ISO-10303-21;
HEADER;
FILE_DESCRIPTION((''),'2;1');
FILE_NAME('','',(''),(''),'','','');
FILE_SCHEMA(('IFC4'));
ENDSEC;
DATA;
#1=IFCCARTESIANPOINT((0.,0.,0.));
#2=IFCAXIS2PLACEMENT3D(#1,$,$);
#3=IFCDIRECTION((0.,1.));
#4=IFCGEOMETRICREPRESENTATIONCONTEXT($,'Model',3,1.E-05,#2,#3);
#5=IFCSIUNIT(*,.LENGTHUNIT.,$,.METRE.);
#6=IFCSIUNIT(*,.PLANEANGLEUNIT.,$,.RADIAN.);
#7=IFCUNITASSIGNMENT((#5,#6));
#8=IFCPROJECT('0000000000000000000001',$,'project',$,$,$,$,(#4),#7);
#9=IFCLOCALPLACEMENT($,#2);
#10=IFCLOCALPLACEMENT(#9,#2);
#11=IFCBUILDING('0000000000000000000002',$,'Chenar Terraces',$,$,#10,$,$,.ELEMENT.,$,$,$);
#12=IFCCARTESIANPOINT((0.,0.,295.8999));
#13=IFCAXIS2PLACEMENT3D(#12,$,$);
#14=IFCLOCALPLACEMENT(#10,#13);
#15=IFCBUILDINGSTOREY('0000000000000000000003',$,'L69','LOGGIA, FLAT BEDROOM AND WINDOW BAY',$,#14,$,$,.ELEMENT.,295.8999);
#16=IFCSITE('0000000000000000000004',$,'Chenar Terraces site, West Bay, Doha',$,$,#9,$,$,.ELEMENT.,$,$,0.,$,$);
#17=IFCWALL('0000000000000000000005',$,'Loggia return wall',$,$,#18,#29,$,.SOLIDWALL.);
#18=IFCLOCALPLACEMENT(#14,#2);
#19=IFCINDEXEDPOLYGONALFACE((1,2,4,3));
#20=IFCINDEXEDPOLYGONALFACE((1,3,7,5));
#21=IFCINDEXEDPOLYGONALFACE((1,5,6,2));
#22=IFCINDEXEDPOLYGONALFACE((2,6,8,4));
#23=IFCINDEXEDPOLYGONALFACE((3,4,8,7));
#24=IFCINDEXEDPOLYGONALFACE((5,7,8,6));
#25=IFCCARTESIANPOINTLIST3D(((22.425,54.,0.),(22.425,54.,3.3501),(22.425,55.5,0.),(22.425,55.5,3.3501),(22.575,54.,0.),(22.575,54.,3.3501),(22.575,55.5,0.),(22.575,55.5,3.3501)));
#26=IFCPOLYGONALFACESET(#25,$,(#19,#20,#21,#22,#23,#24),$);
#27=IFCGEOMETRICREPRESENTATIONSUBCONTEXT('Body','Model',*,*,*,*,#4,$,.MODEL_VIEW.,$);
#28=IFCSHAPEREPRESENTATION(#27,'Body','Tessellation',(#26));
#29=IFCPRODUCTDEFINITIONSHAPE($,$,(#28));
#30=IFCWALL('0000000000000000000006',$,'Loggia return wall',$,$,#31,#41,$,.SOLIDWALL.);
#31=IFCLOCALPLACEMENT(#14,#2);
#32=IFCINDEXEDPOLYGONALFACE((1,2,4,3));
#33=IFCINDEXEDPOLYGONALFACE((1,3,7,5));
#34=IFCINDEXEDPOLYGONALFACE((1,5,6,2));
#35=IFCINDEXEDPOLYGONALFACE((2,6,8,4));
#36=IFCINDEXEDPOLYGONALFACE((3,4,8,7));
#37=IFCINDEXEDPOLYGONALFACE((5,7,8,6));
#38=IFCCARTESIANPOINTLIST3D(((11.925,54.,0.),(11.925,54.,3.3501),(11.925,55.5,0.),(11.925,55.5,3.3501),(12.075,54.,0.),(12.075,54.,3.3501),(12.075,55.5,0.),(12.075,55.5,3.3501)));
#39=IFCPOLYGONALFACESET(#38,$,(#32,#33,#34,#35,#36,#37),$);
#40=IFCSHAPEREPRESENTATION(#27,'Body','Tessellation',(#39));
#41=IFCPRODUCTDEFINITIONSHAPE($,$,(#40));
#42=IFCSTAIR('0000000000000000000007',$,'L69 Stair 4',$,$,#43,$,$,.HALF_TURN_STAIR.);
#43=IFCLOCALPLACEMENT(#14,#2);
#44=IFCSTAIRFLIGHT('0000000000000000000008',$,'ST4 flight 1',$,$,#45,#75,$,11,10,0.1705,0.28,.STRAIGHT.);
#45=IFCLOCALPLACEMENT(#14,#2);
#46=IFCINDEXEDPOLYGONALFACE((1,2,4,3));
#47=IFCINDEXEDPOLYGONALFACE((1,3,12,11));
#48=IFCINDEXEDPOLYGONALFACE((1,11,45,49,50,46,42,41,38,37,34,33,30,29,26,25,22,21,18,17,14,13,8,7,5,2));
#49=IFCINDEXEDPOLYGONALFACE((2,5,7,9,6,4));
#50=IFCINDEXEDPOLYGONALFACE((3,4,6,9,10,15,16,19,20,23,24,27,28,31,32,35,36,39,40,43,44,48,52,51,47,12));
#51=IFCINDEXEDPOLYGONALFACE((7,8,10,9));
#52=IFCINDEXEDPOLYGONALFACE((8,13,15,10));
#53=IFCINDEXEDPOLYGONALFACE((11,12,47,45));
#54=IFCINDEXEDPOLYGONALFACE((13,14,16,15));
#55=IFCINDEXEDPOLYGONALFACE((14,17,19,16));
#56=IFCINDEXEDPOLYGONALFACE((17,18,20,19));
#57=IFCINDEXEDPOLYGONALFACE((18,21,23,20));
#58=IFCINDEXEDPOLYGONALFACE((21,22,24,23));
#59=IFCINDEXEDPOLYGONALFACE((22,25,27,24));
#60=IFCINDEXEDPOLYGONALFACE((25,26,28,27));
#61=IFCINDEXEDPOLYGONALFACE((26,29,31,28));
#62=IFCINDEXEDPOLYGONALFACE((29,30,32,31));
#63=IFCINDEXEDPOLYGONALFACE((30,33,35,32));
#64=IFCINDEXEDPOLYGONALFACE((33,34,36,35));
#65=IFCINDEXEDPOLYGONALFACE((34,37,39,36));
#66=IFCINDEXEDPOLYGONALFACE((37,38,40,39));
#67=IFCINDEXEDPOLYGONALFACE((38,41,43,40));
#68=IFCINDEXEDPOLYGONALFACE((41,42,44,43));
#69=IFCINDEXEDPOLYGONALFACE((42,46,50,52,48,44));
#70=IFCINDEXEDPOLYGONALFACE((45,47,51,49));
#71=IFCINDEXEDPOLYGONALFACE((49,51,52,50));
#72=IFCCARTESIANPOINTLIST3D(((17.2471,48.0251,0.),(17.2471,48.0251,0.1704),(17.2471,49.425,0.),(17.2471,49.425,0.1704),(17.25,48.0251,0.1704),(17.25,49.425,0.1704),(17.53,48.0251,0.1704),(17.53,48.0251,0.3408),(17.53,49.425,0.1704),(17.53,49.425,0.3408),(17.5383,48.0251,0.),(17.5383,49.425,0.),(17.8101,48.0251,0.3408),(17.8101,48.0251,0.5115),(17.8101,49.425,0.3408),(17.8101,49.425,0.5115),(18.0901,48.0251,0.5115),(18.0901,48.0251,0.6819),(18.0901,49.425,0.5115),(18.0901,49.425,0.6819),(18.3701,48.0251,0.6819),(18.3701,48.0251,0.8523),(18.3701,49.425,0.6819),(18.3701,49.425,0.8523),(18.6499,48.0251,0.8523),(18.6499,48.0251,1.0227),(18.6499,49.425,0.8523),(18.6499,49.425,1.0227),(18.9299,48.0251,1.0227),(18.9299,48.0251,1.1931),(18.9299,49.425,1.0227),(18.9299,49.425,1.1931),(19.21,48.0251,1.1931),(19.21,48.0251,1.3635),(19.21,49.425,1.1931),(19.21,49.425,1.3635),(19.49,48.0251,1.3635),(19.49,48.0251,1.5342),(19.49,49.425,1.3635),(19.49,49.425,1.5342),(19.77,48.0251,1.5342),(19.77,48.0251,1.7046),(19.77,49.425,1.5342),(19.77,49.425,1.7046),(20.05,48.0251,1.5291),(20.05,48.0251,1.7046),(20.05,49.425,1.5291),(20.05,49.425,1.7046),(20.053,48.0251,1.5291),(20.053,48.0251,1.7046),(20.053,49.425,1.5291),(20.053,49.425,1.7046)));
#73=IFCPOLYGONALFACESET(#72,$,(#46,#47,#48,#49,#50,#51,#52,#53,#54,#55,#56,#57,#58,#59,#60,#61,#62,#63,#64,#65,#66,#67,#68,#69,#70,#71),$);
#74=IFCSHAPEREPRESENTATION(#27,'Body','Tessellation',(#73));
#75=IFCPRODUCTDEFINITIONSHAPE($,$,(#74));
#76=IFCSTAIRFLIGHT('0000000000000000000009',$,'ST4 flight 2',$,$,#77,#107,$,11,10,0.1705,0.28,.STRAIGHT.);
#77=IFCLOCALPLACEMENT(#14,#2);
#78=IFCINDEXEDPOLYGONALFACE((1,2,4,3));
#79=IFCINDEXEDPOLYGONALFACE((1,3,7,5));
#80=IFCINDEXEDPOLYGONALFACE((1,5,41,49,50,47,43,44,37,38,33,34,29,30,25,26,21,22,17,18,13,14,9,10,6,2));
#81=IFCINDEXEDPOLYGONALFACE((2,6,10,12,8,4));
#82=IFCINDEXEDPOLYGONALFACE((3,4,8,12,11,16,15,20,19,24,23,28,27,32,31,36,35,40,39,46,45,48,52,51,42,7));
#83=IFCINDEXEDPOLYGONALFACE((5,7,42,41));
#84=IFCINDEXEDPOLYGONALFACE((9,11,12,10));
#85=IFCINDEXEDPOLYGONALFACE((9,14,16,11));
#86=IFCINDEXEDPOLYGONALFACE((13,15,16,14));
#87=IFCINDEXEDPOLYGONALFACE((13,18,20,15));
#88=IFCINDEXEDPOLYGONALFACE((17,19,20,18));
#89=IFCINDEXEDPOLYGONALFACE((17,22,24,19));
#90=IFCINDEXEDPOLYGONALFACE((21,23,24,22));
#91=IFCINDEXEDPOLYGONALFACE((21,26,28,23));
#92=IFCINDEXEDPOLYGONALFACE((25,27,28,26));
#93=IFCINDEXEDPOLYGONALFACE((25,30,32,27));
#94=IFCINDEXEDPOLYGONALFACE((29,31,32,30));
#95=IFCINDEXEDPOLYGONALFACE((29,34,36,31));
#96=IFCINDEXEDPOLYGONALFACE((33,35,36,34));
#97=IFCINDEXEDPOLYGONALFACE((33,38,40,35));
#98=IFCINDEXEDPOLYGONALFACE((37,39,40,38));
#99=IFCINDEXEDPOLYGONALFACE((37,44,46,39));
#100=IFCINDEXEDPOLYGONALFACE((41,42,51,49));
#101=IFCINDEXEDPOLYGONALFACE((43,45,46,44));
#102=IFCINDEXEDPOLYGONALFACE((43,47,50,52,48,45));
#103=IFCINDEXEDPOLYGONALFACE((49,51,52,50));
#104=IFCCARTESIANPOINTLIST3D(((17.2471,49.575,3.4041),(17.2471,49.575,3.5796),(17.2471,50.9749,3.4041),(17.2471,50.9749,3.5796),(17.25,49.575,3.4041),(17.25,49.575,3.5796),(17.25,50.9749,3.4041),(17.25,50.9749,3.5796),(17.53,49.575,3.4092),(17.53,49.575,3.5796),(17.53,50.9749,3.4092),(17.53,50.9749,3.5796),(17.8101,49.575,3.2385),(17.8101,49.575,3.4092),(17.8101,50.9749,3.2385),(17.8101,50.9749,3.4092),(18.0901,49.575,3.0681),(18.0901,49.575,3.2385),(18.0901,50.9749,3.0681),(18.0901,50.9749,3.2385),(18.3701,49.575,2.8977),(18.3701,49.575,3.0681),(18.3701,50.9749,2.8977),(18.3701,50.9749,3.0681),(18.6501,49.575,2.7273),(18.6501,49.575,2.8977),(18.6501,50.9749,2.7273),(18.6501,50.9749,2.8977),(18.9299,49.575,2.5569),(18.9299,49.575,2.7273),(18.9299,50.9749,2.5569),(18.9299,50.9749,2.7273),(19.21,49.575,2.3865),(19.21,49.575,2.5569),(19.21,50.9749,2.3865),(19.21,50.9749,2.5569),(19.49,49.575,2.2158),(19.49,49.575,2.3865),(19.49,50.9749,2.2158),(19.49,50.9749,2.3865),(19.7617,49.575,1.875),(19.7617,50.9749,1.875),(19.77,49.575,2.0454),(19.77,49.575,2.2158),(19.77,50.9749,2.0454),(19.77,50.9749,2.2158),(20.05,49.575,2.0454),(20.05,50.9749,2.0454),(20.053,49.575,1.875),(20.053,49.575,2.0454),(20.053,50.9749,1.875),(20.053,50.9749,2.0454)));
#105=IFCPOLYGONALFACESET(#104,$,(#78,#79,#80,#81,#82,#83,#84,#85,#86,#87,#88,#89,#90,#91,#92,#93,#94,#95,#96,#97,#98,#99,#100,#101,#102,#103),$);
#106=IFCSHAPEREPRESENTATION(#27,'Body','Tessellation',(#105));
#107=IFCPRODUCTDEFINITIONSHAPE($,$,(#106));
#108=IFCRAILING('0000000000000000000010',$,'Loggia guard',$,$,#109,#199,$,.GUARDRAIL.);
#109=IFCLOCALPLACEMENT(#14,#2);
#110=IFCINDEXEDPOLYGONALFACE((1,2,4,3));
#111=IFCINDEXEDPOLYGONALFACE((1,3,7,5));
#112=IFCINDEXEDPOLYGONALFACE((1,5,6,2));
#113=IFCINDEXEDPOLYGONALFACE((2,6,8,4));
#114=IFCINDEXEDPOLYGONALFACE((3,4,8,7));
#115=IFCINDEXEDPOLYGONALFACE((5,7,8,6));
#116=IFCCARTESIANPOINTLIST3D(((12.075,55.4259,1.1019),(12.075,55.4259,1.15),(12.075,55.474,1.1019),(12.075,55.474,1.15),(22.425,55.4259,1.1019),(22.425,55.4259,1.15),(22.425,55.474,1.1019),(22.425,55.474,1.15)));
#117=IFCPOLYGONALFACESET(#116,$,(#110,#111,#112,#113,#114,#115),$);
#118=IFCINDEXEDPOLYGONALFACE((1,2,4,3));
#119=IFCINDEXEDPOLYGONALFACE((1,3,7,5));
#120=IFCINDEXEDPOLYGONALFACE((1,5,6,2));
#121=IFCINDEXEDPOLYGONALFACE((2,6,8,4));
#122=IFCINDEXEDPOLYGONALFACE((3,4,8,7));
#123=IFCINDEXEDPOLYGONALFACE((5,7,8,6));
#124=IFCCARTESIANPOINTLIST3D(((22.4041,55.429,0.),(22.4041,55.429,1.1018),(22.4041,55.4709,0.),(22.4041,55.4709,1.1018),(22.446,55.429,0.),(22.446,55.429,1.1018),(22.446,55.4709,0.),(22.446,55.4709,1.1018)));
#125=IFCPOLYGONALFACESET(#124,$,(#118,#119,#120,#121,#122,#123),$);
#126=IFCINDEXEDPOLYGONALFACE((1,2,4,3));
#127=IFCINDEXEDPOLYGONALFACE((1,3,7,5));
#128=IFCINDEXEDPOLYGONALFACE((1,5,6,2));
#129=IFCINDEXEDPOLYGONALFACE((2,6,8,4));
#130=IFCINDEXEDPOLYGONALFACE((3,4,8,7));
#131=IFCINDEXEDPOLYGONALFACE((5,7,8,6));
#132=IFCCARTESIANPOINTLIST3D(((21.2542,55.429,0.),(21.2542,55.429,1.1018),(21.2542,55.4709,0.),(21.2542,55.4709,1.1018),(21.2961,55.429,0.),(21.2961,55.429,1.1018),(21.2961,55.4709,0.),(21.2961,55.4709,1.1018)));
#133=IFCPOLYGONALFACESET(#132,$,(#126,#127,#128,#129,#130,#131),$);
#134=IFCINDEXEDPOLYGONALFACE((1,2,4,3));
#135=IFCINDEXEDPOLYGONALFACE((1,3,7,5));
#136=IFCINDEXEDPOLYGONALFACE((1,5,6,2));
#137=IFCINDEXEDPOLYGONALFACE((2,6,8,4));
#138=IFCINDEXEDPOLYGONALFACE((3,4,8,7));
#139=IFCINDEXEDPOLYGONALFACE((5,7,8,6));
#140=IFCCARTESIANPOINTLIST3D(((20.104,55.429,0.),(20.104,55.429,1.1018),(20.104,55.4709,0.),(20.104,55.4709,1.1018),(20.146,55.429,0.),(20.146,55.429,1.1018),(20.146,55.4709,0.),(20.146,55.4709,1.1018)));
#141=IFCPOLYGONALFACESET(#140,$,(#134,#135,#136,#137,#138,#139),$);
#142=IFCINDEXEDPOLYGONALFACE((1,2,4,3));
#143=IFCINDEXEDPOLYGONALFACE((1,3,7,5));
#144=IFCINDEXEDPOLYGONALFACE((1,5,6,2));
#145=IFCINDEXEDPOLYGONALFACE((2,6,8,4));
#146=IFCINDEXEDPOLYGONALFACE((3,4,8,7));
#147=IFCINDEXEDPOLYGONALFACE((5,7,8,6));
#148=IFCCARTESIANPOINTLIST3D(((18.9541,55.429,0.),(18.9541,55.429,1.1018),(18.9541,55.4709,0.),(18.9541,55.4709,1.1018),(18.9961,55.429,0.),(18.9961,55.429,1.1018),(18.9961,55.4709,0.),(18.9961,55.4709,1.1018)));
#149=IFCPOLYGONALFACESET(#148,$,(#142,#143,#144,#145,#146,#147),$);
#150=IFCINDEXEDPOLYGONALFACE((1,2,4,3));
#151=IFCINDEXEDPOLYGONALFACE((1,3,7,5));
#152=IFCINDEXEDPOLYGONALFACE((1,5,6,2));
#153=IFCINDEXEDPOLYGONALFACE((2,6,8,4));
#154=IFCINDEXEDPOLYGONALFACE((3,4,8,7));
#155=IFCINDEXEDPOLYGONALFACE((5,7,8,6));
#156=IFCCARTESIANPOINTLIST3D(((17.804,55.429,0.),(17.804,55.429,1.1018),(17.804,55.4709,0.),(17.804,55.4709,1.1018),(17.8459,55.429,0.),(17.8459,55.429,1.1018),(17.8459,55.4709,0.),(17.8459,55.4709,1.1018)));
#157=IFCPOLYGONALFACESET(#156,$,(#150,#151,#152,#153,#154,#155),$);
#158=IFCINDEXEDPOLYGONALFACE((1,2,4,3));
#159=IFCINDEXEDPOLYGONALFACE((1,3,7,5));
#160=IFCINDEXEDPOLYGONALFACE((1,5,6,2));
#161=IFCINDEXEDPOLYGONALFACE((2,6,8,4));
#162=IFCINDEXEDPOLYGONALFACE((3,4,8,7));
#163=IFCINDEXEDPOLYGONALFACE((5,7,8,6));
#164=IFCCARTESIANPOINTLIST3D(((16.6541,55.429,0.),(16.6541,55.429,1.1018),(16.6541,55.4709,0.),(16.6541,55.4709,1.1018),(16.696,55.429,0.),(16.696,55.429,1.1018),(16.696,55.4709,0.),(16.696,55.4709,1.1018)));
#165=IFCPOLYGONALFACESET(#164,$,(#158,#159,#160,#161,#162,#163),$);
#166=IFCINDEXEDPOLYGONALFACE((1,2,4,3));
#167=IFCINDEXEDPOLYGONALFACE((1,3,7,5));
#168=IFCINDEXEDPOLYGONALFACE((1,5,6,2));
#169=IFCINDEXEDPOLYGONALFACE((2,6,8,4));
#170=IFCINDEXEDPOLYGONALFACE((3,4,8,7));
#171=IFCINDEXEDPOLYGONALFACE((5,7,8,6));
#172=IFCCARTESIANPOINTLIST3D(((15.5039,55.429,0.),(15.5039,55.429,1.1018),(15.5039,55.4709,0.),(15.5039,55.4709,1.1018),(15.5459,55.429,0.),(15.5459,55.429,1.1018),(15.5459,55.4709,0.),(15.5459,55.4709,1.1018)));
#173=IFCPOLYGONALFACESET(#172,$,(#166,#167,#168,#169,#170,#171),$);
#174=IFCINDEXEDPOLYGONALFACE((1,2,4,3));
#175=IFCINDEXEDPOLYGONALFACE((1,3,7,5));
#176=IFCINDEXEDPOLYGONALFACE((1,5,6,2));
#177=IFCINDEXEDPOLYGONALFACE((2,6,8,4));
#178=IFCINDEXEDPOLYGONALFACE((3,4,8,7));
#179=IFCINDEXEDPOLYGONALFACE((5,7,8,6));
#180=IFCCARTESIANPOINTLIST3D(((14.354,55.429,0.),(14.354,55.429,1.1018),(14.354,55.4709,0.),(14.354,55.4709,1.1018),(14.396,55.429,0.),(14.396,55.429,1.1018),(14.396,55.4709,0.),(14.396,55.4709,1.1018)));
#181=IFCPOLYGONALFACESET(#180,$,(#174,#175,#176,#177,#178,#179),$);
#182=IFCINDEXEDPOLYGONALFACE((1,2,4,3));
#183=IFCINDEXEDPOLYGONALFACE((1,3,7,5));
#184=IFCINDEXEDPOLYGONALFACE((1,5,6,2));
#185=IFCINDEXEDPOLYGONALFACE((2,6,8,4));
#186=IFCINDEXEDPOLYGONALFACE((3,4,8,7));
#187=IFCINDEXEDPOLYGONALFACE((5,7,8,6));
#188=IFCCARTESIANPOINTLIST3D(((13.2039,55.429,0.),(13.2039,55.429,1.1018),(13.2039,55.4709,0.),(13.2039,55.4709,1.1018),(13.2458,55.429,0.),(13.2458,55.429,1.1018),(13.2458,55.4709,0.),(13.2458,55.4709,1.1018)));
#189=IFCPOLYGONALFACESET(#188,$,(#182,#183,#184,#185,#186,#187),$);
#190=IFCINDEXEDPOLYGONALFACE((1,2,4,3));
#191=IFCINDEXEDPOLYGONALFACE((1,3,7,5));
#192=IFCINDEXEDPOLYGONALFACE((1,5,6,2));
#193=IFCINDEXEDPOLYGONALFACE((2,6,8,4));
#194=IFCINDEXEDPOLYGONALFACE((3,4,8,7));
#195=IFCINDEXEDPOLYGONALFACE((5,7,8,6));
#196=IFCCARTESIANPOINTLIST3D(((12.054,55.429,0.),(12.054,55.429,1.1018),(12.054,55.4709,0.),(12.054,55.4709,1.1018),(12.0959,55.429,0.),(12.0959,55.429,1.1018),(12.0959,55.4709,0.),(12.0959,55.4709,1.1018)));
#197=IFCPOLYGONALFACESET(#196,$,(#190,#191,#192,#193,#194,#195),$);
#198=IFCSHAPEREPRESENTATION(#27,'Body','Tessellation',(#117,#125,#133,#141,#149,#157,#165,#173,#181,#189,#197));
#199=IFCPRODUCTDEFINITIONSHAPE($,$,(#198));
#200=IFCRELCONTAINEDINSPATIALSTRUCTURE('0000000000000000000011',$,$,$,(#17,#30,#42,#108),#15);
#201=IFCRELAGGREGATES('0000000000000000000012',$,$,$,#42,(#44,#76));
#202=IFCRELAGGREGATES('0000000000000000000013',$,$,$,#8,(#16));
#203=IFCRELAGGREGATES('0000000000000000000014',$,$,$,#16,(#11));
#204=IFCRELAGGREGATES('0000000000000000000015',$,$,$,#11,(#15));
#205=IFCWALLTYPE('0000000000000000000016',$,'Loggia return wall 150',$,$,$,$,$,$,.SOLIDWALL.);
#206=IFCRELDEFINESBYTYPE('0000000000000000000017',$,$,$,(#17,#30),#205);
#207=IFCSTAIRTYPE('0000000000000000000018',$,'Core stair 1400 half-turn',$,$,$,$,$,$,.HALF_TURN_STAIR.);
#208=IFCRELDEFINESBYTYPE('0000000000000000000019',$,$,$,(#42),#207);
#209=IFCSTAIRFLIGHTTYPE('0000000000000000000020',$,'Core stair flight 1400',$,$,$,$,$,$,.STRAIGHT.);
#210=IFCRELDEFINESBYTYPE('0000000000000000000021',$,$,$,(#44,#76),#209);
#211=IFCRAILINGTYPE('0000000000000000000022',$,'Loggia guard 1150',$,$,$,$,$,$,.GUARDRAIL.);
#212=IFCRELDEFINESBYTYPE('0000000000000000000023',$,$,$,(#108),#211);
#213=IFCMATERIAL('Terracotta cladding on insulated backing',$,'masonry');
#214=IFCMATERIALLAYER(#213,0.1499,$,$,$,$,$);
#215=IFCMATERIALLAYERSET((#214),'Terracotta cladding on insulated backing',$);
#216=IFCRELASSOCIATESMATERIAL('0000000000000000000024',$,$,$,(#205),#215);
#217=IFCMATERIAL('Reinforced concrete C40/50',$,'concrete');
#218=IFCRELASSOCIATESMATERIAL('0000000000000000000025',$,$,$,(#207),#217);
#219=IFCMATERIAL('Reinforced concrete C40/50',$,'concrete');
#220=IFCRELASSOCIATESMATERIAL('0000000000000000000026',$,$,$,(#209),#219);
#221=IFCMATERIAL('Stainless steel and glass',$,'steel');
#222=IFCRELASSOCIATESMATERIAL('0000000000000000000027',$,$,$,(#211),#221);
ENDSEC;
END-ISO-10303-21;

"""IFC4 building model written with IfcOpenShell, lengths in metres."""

from ifc_helpers import new_model, si_unit, direction, frame, frame_2d, origin, origin_2d, place, context, subcontext, project, spatial, polyline, rectangle, outline, extrude, material, layer, layer_set, type_object, element, aggregate, save


model = new_model("IFC4")

# Units and contexts
model_context = context("Model", 3, precision=1e-05, world=origin(), true_north=direction((0.0, 1.0)))
body_context = subcontext(model_context, "Body", "Model", "MODEL_VIEW")
ifc_project = project(units=[si_unit("LENGTHUNIT", "METRE"), si_unit("PLANEANGLEUNIT", "RADIAN")], contexts=[model_context])

# Site, building, storey
site_placement = place(None, origin())
site = spatial("IfcSite", under=ifc_project, at=site_placement, Name="Chenar Terraces site, West Bay, Doha", CompositionType="ELEMENT", RefElevation=0.0)
building_placement = place(site_placement, origin())
building = spatial("IfcBuilding", under=site, at=building_placement, Name="Chenar Terraces", CompositionType="ELEMENT")
storey_placement = place(building_placement, frame((0.0, 0.0, 295.8999)))
storey = spatial("IfcBuildingStorey", under=building, at=storey_placement, Name="L69", Description="LOGGIA, FLAT BEDROOM AND WINDOW BAY", CompositionType="ELEMENT", Elevation=295.8999)

# Walls
ifc_material_1 = material(Name="Terracotta cladding on insulated backing", Category="masonry")
ifc_layer_1 = layer(ifc_material_1, 0.1499)
ifc_layer_set_1 = layer_set([ifc_layer_1], Name="Terracotta cladding on insulated backing")
wall_type_1 = type_object("IfcWallType", Name="Loggia return wall 150", PredefinedType="SOLIDWALL", material=ifc_layer_set_1)
for number, where, z_axis, x_axis, name in (
    (1, (22.5, 55.5, 0.0), (0.0, 0.0, 1.0), (0.0, -1.0, 0.0), "Loggia return wall"),
    (2, (12.0, 55.5, 0.0), (0.0, 0.0, 1.0), (0.0, -1.0, 0.0), "Loggia return wall"),
):
    element("IfcWall", number, at=place(storey_placement, frame(where, z_axis=z_axis, x_axis=x_axis)), inside=storey, type_object=wall_type_1, Name=name, PredefinedType="SOLIDWALL", context=body_context, shape_type="SweptSolid", body=[
        extrude(rectangle(XDim=1.5, YDim=0.1499, at=frame_2d((0.75, 0.0))), origin(), (0.0, 0.0, 1.0), 3.3501),
    ])

# Stair, stair flights
ifc_material_2 = material(Name="Reinforced concrete C40/50", Category="concrete")
stair_type = type_object("IfcStairType", Name="Core stair 1400 half-turn", PredefinedType="HALF_TURN_STAIR", material=ifc_material_2)
stair_placement = place(storey_placement, origin())
stair = element("IfcStair", 3, at=stair_placement, inside=storey, type_object=stair_type, Name="L69 Stair 4", PredefinedType="HALF_TURN_STAIR")
ifc_material_3 = material(Name="Reinforced concrete C40/50", Category="concrete")
stair_flight_type = type_object("IfcStairFlightType", Name="Core stair flight 1400", PredefinedType="STRAIGHT", material=ifc_material_3)
stair_flight_1_placement = place(storey_placement, frame((17.25, 48.7251, 0.0), z_axis=(0.0, 0.0, 1.0), x_axis=(1.0, 0.0, 0.0)))
stair_flight_1 = element("IfcStairFlight", 4, at=stair_flight_1_placement, type_object=stair_flight_type, Name="ST4 flight 1", NumberOfRisers=11, NumberOfTreads=10, PredefinedType="STRAIGHT", RiserHeight=0.1705, TreadLength=0.28, context=body_context, shape_type="SweptSolid", body=[
    extrude(outline(polyline([(-0.0029, 0.0), (-0.0029, 0.1704), (0.0, 0.1704), (0.28, 0.1704), (0.28, 0.3408), (0.5601, 0.3408), (0.5601, 0.5115), (0.8401, 0.5115), (0.8401, 0.6819), (1.1201, 0.6819), (1.1201, 0.8523), (1.3999, 0.8523), (1.3999, 1.0227), (1.6799, 1.0227), (1.6799, 1.1931), (1.96, 1.1931), (1.96, 1.3635), (2.24, 1.3635), (2.24, 1.5342), (2.52, 1.5342), (2.52, 1.7046), (2.8, 1.7046), (2.803, 1.7046), (2.803, 1.5291), (2.8, 1.5291), (0.2883, 0.0), (-0.0029, 0.0)])), frame((0.0, 0.7, 0.0), z_axis=(0.0, -1.0, 0.0), x_axis=(1.0, 0.0, 0.0)), (0.0, 0.0, 1.0), 1.3999),
])
stair_flight_2_placement = place(storey_placement, frame((20.05, 50.2749, 1.875), z_axis=(0.0, 0.0, 1.0), x_axis=(-1.0, 0.0, 0.0)))
stair_flight_2 = element("IfcStairFlight", 5, at=stair_flight_2_placement, type_object=stair_flight_type, Name="ST4 flight 2", NumberOfRisers=11, NumberOfTreads=10, PredefinedType="STRAIGHT", RiserHeight=0.1705, TreadLength=0.28, context=body_context, shape_type="SweptSolid", body=[
    extrude(outline(polyline([(-0.0029, 0.0), (-0.0029, 0.1704), (0.0, 0.1704), (0.28, 0.1704), (0.28, 0.3408), (0.5601, 0.3408), (0.5601, 0.5115), (0.8401, 0.5115), (0.8401, 0.6819), (1.1201, 0.6819), (1.1201, 0.8523), (1.3999, 0.8523), (1.3999, 1.0227), (1.6799, 1.0227), (1.6799, 1.1931), (1.96, 1.1931), (1.96, 1.3635), (2.24, 1.3635), (2.24, 1.5342), (2.52, 1.5342), (2.52, 1.7046), (2.8, 1.7046), (2.803, 1.7046), (2.803, 1.5291), (2.8, 1.5291), (0.2883, 0.0), (-0.0029, 0.0)])), frame((0.0, 0.7, 0.0), z_axis=(0.0, -1.0, 0.0), x_axis=(1.0, 0.0, 0.0)), (0.0, 0.0, 1.0), 1.3999),
])
aggregate(stair, [stair_flight_1, stair_flight_2])

# Railing
ifc_material_4 = material(Name="Stainless steel and glass", Category="steel")
railing_type_1 = type_object("IfcRailingType", Name="Loggia guard 1150", PredefinedType="GUARDRAIL", material=ifc_material_4)
railing_1_placement = place(storey_placement, frame((22.425, 55.45, 0.0)))
element("IfcRailing", 6, at=railing_1_placement, inside=storey, type_object=railing_type_1, Name="Loggia guard", PredefinedType="GUARDRAIL", context=body_context, shape_type="SweptSolid", body=[
    extrude(rectangle(XDim=0.0481, YDim=0.0481, at=origin_2d()), frame((0.0, 0.0, 1.126), z_axis=(-1.0, 0.0, 0.0), x_axis=(0.0, -1.0, 0.0)), (0.0, 0.0, 1.0), 10.3501),
    extrude(rectangle(XDim=0.042, YDim=0.042, at=origin_2d()), origin(), (0.0, 0.0, 1.0), 1.1018),
    extrude(rectangle(XDim=0.042, YDim=0.042, at=origin_2d()), frame((-1.1499, 0.0, 0.0)), (0.0, 0.0, 1.0), 1.1018),
    extrude(rectangle(XDim=0.042, YDim=0.042, at=origin_2d()), frame((-2.3, 0.0, 0.0)), (0.0, 0.0, 1.0), 1.1018),
    extrude(rectangle(XDim=0.042, YDim=0.042, at=origin_2d()), frame((-3.45, 0.0, 0.0)), (0.0, 0.0, 1.0), 1.1018),
    extrude(rectangle(XDim=0.042, YDim=0.042, at=origin_2d()), frame((-4.6001, 0.0, 0.0)), (0.0, 0.0, 1.0), 1.1018),
    extrude(rectangle(XDim=0.042, YDim=0.042, at=origin_2d()), frame((-5.75, 0.0, 0.0)), (0.0, 0.0, 1.0), 1.1018),
    extrude(rectangle(XDim=0.042, YDim=0.042, at=origin_2d()), frame((-6.9001, 0.0, 0.0)), (0.0, 0.0, 1.0), 1.1018),
    extrude(rectangle(XDim=0.042, YDim=0.042, at=origin_2d()), frame((-8.05, 0.0, 0.0)), (0.0, 0.0, 1.0), 1.1018),
    extrude(rectangle(XDim=0.042, YDim=0.042, at=origin_2d()), frame((-9.2002, 0.0, 0.0)), (0.0, 0.0, 1.0), 1.1018),
    extrude(rectangle(XDim=0.042, YDim=0.042, at=origin_2d()), frame((-10.3501, 0.0, 0.0)), (0.0, 0.0, 1.0), 1.1018),
])

save(model, "model.ifc")
